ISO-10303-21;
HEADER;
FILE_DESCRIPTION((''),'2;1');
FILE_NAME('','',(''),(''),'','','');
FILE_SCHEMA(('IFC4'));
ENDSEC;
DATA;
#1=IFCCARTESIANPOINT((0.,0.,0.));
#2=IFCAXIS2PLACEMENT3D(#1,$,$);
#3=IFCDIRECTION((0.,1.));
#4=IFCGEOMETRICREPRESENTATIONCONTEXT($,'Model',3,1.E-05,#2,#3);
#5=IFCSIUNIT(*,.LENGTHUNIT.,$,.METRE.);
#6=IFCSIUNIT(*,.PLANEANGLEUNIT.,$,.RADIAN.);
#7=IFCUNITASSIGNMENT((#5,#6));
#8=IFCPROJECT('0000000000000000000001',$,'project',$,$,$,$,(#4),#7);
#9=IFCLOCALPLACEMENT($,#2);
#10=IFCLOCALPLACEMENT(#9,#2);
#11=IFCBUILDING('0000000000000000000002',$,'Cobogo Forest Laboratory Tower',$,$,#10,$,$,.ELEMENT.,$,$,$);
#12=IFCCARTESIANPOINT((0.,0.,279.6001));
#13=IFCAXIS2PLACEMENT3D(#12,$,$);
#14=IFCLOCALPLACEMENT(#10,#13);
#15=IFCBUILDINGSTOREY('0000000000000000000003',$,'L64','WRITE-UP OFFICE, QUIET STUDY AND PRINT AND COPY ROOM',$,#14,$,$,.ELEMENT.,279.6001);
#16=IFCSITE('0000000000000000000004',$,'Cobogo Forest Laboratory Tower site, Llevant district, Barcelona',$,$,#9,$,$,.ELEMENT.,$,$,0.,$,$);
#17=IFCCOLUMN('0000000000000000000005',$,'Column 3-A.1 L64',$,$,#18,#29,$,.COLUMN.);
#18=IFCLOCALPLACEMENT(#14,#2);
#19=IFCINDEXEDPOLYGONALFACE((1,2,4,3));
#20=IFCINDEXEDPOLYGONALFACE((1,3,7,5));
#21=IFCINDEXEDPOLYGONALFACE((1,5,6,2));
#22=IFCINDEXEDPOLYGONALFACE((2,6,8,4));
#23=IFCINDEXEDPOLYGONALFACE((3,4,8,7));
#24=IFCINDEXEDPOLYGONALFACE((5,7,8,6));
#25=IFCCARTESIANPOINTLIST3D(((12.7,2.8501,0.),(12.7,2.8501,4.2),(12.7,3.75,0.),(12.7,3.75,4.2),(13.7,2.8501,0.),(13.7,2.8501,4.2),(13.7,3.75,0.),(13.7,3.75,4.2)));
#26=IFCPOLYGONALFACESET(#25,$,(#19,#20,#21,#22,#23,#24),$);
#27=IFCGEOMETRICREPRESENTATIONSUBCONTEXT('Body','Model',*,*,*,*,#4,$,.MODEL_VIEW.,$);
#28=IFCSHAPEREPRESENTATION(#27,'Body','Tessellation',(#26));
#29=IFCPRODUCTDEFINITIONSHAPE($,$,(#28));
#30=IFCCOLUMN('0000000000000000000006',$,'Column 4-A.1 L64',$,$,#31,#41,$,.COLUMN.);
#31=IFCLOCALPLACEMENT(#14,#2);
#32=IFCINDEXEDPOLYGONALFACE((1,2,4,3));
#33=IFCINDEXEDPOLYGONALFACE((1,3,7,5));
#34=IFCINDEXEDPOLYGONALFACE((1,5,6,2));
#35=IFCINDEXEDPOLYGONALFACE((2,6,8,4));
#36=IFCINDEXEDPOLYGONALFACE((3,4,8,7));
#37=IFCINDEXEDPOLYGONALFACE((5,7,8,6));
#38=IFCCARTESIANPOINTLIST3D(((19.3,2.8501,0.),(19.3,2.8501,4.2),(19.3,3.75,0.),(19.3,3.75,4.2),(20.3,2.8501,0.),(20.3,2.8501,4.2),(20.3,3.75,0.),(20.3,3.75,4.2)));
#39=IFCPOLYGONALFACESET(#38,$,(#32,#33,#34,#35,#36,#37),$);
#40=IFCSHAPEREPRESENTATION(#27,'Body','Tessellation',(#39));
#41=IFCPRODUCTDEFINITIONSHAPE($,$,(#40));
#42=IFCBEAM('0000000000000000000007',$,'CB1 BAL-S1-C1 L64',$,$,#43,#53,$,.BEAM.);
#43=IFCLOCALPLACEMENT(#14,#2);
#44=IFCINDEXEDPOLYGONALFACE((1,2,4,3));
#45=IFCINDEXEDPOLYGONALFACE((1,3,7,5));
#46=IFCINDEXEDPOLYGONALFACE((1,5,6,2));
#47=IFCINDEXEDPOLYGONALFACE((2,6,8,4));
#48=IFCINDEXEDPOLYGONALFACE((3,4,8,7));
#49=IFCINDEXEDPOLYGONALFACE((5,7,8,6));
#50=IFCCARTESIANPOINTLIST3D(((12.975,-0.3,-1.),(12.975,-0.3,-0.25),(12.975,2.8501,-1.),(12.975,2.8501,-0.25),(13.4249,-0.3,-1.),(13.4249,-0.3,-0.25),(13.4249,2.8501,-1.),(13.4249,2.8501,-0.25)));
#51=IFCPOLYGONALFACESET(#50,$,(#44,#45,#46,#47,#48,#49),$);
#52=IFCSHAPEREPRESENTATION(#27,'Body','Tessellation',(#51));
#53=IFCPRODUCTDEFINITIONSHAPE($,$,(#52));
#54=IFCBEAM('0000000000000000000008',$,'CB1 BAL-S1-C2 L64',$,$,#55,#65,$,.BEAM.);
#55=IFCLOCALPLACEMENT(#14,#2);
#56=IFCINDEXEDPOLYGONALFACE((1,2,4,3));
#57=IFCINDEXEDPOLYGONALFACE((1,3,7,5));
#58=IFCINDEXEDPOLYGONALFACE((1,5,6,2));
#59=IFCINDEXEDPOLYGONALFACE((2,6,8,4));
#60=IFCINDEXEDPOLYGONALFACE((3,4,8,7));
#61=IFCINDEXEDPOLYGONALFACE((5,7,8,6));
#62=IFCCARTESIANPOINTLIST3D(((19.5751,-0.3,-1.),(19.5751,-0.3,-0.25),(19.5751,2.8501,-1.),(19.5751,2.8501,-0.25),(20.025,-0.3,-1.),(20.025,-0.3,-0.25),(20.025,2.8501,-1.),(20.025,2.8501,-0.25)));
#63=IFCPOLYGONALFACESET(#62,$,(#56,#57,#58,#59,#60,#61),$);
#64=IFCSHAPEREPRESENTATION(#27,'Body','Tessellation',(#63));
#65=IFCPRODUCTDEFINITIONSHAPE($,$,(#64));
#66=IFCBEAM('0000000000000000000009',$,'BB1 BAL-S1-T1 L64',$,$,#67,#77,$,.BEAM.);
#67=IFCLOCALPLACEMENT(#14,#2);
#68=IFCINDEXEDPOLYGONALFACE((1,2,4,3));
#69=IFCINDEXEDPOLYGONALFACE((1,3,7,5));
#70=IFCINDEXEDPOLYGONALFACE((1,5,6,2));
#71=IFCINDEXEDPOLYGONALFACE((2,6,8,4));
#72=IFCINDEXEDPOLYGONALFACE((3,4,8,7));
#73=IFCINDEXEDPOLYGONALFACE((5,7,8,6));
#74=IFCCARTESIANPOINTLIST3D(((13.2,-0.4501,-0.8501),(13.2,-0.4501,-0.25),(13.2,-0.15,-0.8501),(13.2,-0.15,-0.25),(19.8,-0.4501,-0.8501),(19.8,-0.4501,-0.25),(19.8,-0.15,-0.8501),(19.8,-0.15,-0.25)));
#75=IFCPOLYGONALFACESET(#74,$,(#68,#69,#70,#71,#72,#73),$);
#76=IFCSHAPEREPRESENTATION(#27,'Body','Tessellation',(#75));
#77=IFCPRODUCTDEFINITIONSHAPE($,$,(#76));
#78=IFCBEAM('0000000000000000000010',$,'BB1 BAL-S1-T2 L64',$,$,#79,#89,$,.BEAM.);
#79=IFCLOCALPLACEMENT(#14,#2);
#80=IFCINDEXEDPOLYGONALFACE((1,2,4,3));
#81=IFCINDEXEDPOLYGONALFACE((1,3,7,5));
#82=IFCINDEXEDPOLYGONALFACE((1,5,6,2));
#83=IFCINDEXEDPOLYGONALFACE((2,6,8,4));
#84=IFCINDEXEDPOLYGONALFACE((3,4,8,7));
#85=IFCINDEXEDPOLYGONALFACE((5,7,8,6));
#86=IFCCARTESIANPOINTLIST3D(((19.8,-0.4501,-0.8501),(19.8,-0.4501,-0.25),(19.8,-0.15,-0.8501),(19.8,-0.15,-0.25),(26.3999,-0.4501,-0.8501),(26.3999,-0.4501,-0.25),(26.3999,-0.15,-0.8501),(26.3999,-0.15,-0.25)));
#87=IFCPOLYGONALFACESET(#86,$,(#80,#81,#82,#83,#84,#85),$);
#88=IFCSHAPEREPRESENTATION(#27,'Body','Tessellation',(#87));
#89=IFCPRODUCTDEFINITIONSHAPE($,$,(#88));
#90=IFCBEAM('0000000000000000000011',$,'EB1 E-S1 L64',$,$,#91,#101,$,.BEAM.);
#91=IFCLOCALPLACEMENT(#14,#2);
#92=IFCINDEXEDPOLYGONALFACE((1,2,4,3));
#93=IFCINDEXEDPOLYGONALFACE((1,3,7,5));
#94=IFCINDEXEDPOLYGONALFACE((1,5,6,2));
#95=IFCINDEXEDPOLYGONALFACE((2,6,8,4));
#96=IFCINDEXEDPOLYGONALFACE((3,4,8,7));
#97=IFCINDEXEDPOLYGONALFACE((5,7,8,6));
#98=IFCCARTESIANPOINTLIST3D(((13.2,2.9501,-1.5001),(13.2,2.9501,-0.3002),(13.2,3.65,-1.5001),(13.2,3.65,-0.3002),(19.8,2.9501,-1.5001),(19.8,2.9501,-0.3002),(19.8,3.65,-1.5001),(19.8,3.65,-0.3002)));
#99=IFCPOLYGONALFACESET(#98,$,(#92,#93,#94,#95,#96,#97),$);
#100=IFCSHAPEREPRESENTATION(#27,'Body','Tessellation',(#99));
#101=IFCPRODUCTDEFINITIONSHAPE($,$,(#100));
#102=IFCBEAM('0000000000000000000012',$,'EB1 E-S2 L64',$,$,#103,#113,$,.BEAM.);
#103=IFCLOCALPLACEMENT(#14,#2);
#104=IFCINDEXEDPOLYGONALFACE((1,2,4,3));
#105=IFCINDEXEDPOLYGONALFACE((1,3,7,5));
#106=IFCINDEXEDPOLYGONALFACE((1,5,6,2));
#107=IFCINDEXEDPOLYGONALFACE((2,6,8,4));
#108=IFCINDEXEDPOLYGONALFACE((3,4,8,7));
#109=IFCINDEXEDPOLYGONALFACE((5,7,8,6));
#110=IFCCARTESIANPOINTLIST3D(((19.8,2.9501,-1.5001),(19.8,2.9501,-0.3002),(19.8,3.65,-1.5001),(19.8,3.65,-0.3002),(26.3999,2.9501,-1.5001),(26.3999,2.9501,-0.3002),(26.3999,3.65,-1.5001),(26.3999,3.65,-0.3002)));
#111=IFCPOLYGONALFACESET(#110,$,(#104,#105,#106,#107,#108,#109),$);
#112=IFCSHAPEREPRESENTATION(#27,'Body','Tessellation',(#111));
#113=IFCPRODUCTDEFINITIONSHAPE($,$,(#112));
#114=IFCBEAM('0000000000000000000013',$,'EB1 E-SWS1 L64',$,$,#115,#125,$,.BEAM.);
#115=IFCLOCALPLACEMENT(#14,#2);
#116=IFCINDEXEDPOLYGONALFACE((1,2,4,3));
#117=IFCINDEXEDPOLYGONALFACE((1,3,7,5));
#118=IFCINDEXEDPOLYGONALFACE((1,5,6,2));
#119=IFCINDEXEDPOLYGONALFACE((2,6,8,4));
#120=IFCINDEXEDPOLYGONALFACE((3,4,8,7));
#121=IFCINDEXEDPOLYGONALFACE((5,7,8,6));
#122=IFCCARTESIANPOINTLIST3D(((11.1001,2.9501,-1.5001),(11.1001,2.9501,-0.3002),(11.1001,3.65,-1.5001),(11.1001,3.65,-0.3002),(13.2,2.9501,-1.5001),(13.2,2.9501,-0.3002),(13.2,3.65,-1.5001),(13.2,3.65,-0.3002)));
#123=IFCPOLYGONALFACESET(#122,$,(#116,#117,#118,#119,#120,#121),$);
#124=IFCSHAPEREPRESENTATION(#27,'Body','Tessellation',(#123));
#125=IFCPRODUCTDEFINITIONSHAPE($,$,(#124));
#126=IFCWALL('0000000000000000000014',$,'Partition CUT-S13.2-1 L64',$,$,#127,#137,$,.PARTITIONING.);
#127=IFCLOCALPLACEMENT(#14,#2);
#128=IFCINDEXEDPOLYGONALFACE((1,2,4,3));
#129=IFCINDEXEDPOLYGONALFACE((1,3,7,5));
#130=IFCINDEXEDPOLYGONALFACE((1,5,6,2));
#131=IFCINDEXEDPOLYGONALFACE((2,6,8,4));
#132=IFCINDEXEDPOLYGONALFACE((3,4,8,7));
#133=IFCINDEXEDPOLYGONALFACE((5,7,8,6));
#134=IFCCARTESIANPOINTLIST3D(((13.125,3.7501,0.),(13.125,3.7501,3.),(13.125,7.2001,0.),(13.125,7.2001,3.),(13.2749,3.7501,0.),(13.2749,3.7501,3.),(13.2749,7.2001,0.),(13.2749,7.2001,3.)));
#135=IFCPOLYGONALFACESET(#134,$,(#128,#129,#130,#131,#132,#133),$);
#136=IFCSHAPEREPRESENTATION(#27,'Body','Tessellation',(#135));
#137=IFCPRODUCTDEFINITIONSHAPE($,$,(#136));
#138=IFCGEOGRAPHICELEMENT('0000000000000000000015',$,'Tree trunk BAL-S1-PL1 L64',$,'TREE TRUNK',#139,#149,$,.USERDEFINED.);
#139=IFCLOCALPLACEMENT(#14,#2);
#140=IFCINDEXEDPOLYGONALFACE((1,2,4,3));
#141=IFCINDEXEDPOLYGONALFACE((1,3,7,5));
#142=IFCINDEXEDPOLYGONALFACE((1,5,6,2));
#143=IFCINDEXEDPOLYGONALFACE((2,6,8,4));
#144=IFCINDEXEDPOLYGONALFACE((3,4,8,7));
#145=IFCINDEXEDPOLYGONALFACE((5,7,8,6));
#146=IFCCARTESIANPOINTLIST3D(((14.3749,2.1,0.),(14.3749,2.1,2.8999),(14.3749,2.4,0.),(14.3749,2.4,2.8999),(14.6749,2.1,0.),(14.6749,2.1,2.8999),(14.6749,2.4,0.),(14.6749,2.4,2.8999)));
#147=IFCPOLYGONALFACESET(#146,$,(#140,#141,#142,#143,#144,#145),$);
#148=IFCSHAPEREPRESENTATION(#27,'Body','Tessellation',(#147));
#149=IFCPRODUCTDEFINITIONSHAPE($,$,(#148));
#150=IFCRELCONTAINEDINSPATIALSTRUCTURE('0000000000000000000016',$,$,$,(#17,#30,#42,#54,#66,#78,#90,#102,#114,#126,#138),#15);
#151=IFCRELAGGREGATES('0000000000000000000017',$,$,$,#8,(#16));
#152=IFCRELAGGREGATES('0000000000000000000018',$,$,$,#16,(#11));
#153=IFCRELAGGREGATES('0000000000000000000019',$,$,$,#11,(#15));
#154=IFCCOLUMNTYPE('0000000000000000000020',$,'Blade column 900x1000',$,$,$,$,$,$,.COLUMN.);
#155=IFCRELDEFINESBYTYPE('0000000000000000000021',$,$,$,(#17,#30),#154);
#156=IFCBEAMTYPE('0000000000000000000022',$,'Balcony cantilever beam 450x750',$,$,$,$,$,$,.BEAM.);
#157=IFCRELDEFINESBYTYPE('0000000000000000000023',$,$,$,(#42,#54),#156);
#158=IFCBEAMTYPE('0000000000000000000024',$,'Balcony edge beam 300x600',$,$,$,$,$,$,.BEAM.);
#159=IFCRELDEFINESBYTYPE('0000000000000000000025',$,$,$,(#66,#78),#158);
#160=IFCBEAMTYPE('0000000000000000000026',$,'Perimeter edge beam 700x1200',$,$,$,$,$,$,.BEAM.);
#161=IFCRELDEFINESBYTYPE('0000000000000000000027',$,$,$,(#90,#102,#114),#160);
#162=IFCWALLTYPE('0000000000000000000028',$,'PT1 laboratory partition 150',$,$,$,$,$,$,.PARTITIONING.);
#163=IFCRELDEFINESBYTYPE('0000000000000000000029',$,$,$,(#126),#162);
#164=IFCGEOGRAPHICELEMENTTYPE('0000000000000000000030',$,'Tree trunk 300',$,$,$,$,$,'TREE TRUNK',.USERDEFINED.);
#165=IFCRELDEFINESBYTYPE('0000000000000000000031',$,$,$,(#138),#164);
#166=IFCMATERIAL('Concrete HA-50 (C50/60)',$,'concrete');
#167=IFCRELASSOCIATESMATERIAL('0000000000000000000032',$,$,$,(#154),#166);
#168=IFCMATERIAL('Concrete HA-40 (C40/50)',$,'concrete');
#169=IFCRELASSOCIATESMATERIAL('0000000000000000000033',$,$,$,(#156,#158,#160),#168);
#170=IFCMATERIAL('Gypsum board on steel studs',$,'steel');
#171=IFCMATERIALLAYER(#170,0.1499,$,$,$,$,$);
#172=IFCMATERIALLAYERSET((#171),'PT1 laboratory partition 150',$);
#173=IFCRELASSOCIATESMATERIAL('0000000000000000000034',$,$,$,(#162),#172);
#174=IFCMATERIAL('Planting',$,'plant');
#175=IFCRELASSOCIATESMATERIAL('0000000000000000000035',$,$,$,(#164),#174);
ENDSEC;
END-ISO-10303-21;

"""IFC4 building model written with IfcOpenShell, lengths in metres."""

from ifc_helpers import new_model, si_unit, direction, frame, frame_2d, origin, origin_2d, place, context, subcontext, project, spatial, rectangle, extrude, material, layer, layer_set, material_profile, profile_set, type_object, element, save


model = new_model("IFC4")

# Units and contexts
model_context = context("Model", 3, precision=1e-05, world=origin(), true_north=direction((0.0, 1.0)))
body_context = subcontext(model_context, "Body", "Model", "MODEL_VIEW")
ifc_project = project(units=[si_unit("LENGTHUNIT", "METRE"), si_unit("PLANEANGLEUNIT", "RADIAN")], contexts=[model_context])

# Site, building, storey
site_placement = place(None, origin())
site = spatial("IfcSite", under=ifc_project, at=site_placement, Name="Cobogo Forest Laboratory Tower site, Llevant district, Barcelona", CompositionType="ELEMENT", RefElevation=0.0)
building_placement = place(site_placement, origin())
building = spatial("IfcBuilding", under=site, at=building_placement, Name="Cobogo Forest Laboratory Tower", CompositionType="ELEMENT")
storey_placement = place(building_placement, frame((0.0, 0.0, 279.6001)))
storey = spatial("IfcBuildingStorey", under=building, at=storey_placement, Name="L64", Description="WRITE-UP OFFICE, QUIET STUDY AND PRINT AND COPY ROOM", CompositionType="ELEMENT", Elevation=279.6001)

# Columns
ifc_material_1 = material(Name="Concrete HA-50 (C50/60)", Category="concrete")
ifc_material_profile_1 = material_profile(ifc_material_1, rectangle(XDim=1.0, YDim=0.8999, at=origin_2d()), Name="RC 900x1000")
ifc_profile_set_1 = profile_set([ifc_material_profile_1], Name="Concrete HA-50 (C50/60)")
column_type = type_object("IfcColumnType", Name="Blade column 900x1000", PredefinedType="COLUMN", material=ifc_profile_set_1)
for number, where, z_axis, x_axis, name in (
    (1, (13.2, 3.3, 0.0), (0.0, 0.0, 1.0), (1.0, 0.0, 0.0), "Column 3-A.1 L64"),
    (2, (19.8, 3.3, 0.0), (0.0, 0.0, 1.0), (1.0, 0.0, 0.0), "Column 4-A.1 L64"),
):
    element("IfcColumn", number, at=place(storey_placement, frame(where, z_axis=z_axis, x_axis=x_axis)), inside=storey, type_object=column_type, Name=name, PredefinedType="COLUMN", context=body_context, shape_type="SweptSolid", body=[
        extrude(rectangle(XDim=1.0, YDim=0.8999, at=origin_2d()), origin(), (0.0, 0.0, 1.0), 4.2),
    ])

# Beams
ifc_material_2 = material(Name="Concrete HA-40 (C40/50)", Category="concrete")
ifc_material_profile_2 = material_profile(ifc_material_2, rectangle(XDim=0.45, YDim=0.75, at=origin_2d()), Name="RC 450x750")
ifc_profile_set_2 = profile_set([ifc_material_profile_2], Name="Concrete HA-40 (C40/50)")
beam_type_1 = type_object("IfcBeamType", Name="Balcony cantilever beam 450x750", PredefinedType="BEAM", material=ifc_profile_set_2)
for number, where, z_axis, x_axis, name in (
    (3, (13.2, 2.8501, -0.625), (0.0, -1.0, 0.0), (1.0, 0.0, 0.0), "CB1 BAL-S1-C1 L64"),
    (4, (19.8, 2.8501, -0.625), (0.0, -1.0, 0.0), (1.0, 0.0, 0.0), "CB1 BAL-S1-C2 L64"),
):
    element("IfcBeam", number, at=place(storey_placement, frame(where, z_axis=z_axis, x_axis=x_axis)), inside=storey, type_object=beam_type_1, Name=name, PredefinedType="BEAM", context=body_context, shape_type="SweptSolid", body=[
        extrude(rectangle(XDim=0.45, YDim=0.75, at=origin_2d()), origin(), (0.0, 0.0, 1.0), 3.1501),
    ])
ifc_material_profile_3 = material_profile(ifc_material_2, rectangle(XDim=0.3, YDim=0.6001, at=origin_2d()), Name="RC 300x600")
ifc_profile_set_3 = profile_set([ifc_material_profile_3], Name="Concrete HA-40 (C40/50)")
beam_type_2 = type_object("IfcBeamType", Name="Balcony edge beam 300x600", PredefinedType="BEAM", material=ifc_profile_set_3)
beam_1_placement = place(storey_placement, frame((13.2, -0.3, -0.55), z_axis=(1.0, 0.0, 0.0), x_axis=(0.0, 1.0, 0.0)))
element("IfcBeam", 5, at=beam_1_placement, inside=storey, type_object=beam_type_2, Name="BB1 BAL-S1-T1 L64", PredefinedType="BEAM", context=body_context, shape_type="SweptSolid", body=[
    extrude(rectangle(XDim=0.3, YDim=0.6001, at=origin_2d()), origin(), (0.0, 0.0, 1.0), 6.6001),
])
beam_2_placement = place(storey_placement, frame((19.8, -0.3, -0.55), z_axis=(1.0, 0.0, 0.0), x_axis=(0.0, 1.0, 0.0)))
element("IfcBeam", 6, at=beam_2_placement, inside=storey, type_object=beam_type_2, Name="BB1 BAL-S1-T2 L64", PredefinedType="BEAM", context=body_context, shape_type="SweptSolid", body=[
    extrude(rectangle(XDim=0.3, YDim=0.6001, at=origin_2d()), origin(), (0.0, 0.0, 1.0), 6.5999),
])
ifc_material_profile_4 = material_profile(ifc_material_2, rectangle(XDim=0.7, YDim=1.2, at=origin_2d()), Name="RC 700x1200")
ifc_profile_set_4 = profile_set([ifc_material_profile_4], Name="Concrete HA-40 (C40/50)")
beam_type_3 = type_object("IfcBeamType", Name="Perimeter edge beam 700x1200", PredefinedType="BEAM", material=ifc_profile_set_4)
beam_3_placement = place(storey_placement, frame((13.2, 3.3, -0.9001), z_axis=(1.0, 0.0, 0.0), x_axis=(0.0, 1.0, 0.0)))
element("IfcBeam", 7, at=beam_3_placement, inside=storey, type_object=beam_type_3, Name="EB1 E-S1 L64", PredefinedType="BEAM", context=body_context, shape_type="SweptSolid", body=[
    extrude(rectangle(XDim=0.7, YDim=1.2, at=origin_2d()), origin(), (0.0, 0.0, 1.0), 6.6001),
])
beam_4_placement = place(storey_placement, frame((19.8, 3.3, -0.9001), z_axis=(1.0, 0.0, 0.0), x_axis=(0.0, 1.0, 0.0)))
element("IfcBeam", 8, at=beam_4_placement, inside=storey, type_object=beam_type_3, Name="EB1 E-S2 L64", PredefinedType="BEAM", context=body_context, shape_type="SweptSolid", body=[
    extrude(rectangle(XDim=0.7, YDim=1.2, at=origin_2d()), origin(), (0.0, 0.0, 1.0), 6.5999),
])
beam_5_placement = place(storey_placement, frame((13.2, 3.3, -0.9001), z_axis=(-1.0, 0.0, 0.0), x_axis=(0.0, -1.0, 0.0)))
element("IfcBeam", 9, at=beam_5_placement, inside=storey, type_object=beam_type_3, Name="EB1 E-SWS1 L64", PredefinedType="BEAM", context=body_context, shape_type="SweptSolid", body=[
    extrude(rectangle(XDim=0.7, YDim=1.2, at=origin_2d()), origin(), (0.0, 0.0, 1.0), 2.0999),
])

# Wall
ifc_material_3 = material(Name="Gypsum board on steel studs", Category="steel")
ifc_layer_1 = layer(ifc_material_3, 0.1499)
ifc_layer_set_1 = layer_set([ifc_layer_1], Name="PT1 laboratory partition 150")
wall_type_1 = type_object("IfcWallType", Name="PT1 laboratory partition 150", PredefinedType="PARTITIONING", material=ifc_layer_set_1)
wall_1_placement = place(storey_placement, frame((13.2, 3.75, 0.0), z_axis=(0.0, 0.0, 1.0), x_axis=(0.0, 1.0, 0.0)))
element("IfcWall", 10, at=wall_1_placement, inside=storey, type_object=wall_type_1, Name="Partition CUT-S13.2-1 L64", PredefinedType="PARTITIONING", context=body_context, shape_type="SweptSolid", body=[
    extrude(rectangle(XDim=3.45, YDim=0.1499, at=frame_2d((1.7251, 0.0))), origin(), (0.0, 0.0, 1.0), 3.0),
])

# Geographic element
ifc_material_4 = material(Name="Planting", Category="plant")
geographic_element_type = type_object("IfcGeographicElementType", Name="Tree trunk 300", ElementType="TREE TRUNK", PredefinedType="USERDEFINED", material=ifc_material_4)
geographic_element_placement = place(storey_placement, frame((14.5249, 2.25, 0.0), z_axis=(0.0, 0.0, 1.0), x_axis=(1.0, 0.0, 0.0)))
element("IfcGeographicElement", 11, at=geographic_element_placement, inside=storey, type_object=geographic_element_type, Name="Tree trunk BAL-S1-PL1 L64", ObjectType="TREE TRUNK", PredefinedType="USERDEFINED", context=body_context, shape_type="SweptSolid", body=[
    extrude(rectangle(XDim=0.3, YDim=0.3, at=origin_2d()), origin(), (0.0, 0.0, 1.0), 2.8999),
])

save(model, "model.ifc")
